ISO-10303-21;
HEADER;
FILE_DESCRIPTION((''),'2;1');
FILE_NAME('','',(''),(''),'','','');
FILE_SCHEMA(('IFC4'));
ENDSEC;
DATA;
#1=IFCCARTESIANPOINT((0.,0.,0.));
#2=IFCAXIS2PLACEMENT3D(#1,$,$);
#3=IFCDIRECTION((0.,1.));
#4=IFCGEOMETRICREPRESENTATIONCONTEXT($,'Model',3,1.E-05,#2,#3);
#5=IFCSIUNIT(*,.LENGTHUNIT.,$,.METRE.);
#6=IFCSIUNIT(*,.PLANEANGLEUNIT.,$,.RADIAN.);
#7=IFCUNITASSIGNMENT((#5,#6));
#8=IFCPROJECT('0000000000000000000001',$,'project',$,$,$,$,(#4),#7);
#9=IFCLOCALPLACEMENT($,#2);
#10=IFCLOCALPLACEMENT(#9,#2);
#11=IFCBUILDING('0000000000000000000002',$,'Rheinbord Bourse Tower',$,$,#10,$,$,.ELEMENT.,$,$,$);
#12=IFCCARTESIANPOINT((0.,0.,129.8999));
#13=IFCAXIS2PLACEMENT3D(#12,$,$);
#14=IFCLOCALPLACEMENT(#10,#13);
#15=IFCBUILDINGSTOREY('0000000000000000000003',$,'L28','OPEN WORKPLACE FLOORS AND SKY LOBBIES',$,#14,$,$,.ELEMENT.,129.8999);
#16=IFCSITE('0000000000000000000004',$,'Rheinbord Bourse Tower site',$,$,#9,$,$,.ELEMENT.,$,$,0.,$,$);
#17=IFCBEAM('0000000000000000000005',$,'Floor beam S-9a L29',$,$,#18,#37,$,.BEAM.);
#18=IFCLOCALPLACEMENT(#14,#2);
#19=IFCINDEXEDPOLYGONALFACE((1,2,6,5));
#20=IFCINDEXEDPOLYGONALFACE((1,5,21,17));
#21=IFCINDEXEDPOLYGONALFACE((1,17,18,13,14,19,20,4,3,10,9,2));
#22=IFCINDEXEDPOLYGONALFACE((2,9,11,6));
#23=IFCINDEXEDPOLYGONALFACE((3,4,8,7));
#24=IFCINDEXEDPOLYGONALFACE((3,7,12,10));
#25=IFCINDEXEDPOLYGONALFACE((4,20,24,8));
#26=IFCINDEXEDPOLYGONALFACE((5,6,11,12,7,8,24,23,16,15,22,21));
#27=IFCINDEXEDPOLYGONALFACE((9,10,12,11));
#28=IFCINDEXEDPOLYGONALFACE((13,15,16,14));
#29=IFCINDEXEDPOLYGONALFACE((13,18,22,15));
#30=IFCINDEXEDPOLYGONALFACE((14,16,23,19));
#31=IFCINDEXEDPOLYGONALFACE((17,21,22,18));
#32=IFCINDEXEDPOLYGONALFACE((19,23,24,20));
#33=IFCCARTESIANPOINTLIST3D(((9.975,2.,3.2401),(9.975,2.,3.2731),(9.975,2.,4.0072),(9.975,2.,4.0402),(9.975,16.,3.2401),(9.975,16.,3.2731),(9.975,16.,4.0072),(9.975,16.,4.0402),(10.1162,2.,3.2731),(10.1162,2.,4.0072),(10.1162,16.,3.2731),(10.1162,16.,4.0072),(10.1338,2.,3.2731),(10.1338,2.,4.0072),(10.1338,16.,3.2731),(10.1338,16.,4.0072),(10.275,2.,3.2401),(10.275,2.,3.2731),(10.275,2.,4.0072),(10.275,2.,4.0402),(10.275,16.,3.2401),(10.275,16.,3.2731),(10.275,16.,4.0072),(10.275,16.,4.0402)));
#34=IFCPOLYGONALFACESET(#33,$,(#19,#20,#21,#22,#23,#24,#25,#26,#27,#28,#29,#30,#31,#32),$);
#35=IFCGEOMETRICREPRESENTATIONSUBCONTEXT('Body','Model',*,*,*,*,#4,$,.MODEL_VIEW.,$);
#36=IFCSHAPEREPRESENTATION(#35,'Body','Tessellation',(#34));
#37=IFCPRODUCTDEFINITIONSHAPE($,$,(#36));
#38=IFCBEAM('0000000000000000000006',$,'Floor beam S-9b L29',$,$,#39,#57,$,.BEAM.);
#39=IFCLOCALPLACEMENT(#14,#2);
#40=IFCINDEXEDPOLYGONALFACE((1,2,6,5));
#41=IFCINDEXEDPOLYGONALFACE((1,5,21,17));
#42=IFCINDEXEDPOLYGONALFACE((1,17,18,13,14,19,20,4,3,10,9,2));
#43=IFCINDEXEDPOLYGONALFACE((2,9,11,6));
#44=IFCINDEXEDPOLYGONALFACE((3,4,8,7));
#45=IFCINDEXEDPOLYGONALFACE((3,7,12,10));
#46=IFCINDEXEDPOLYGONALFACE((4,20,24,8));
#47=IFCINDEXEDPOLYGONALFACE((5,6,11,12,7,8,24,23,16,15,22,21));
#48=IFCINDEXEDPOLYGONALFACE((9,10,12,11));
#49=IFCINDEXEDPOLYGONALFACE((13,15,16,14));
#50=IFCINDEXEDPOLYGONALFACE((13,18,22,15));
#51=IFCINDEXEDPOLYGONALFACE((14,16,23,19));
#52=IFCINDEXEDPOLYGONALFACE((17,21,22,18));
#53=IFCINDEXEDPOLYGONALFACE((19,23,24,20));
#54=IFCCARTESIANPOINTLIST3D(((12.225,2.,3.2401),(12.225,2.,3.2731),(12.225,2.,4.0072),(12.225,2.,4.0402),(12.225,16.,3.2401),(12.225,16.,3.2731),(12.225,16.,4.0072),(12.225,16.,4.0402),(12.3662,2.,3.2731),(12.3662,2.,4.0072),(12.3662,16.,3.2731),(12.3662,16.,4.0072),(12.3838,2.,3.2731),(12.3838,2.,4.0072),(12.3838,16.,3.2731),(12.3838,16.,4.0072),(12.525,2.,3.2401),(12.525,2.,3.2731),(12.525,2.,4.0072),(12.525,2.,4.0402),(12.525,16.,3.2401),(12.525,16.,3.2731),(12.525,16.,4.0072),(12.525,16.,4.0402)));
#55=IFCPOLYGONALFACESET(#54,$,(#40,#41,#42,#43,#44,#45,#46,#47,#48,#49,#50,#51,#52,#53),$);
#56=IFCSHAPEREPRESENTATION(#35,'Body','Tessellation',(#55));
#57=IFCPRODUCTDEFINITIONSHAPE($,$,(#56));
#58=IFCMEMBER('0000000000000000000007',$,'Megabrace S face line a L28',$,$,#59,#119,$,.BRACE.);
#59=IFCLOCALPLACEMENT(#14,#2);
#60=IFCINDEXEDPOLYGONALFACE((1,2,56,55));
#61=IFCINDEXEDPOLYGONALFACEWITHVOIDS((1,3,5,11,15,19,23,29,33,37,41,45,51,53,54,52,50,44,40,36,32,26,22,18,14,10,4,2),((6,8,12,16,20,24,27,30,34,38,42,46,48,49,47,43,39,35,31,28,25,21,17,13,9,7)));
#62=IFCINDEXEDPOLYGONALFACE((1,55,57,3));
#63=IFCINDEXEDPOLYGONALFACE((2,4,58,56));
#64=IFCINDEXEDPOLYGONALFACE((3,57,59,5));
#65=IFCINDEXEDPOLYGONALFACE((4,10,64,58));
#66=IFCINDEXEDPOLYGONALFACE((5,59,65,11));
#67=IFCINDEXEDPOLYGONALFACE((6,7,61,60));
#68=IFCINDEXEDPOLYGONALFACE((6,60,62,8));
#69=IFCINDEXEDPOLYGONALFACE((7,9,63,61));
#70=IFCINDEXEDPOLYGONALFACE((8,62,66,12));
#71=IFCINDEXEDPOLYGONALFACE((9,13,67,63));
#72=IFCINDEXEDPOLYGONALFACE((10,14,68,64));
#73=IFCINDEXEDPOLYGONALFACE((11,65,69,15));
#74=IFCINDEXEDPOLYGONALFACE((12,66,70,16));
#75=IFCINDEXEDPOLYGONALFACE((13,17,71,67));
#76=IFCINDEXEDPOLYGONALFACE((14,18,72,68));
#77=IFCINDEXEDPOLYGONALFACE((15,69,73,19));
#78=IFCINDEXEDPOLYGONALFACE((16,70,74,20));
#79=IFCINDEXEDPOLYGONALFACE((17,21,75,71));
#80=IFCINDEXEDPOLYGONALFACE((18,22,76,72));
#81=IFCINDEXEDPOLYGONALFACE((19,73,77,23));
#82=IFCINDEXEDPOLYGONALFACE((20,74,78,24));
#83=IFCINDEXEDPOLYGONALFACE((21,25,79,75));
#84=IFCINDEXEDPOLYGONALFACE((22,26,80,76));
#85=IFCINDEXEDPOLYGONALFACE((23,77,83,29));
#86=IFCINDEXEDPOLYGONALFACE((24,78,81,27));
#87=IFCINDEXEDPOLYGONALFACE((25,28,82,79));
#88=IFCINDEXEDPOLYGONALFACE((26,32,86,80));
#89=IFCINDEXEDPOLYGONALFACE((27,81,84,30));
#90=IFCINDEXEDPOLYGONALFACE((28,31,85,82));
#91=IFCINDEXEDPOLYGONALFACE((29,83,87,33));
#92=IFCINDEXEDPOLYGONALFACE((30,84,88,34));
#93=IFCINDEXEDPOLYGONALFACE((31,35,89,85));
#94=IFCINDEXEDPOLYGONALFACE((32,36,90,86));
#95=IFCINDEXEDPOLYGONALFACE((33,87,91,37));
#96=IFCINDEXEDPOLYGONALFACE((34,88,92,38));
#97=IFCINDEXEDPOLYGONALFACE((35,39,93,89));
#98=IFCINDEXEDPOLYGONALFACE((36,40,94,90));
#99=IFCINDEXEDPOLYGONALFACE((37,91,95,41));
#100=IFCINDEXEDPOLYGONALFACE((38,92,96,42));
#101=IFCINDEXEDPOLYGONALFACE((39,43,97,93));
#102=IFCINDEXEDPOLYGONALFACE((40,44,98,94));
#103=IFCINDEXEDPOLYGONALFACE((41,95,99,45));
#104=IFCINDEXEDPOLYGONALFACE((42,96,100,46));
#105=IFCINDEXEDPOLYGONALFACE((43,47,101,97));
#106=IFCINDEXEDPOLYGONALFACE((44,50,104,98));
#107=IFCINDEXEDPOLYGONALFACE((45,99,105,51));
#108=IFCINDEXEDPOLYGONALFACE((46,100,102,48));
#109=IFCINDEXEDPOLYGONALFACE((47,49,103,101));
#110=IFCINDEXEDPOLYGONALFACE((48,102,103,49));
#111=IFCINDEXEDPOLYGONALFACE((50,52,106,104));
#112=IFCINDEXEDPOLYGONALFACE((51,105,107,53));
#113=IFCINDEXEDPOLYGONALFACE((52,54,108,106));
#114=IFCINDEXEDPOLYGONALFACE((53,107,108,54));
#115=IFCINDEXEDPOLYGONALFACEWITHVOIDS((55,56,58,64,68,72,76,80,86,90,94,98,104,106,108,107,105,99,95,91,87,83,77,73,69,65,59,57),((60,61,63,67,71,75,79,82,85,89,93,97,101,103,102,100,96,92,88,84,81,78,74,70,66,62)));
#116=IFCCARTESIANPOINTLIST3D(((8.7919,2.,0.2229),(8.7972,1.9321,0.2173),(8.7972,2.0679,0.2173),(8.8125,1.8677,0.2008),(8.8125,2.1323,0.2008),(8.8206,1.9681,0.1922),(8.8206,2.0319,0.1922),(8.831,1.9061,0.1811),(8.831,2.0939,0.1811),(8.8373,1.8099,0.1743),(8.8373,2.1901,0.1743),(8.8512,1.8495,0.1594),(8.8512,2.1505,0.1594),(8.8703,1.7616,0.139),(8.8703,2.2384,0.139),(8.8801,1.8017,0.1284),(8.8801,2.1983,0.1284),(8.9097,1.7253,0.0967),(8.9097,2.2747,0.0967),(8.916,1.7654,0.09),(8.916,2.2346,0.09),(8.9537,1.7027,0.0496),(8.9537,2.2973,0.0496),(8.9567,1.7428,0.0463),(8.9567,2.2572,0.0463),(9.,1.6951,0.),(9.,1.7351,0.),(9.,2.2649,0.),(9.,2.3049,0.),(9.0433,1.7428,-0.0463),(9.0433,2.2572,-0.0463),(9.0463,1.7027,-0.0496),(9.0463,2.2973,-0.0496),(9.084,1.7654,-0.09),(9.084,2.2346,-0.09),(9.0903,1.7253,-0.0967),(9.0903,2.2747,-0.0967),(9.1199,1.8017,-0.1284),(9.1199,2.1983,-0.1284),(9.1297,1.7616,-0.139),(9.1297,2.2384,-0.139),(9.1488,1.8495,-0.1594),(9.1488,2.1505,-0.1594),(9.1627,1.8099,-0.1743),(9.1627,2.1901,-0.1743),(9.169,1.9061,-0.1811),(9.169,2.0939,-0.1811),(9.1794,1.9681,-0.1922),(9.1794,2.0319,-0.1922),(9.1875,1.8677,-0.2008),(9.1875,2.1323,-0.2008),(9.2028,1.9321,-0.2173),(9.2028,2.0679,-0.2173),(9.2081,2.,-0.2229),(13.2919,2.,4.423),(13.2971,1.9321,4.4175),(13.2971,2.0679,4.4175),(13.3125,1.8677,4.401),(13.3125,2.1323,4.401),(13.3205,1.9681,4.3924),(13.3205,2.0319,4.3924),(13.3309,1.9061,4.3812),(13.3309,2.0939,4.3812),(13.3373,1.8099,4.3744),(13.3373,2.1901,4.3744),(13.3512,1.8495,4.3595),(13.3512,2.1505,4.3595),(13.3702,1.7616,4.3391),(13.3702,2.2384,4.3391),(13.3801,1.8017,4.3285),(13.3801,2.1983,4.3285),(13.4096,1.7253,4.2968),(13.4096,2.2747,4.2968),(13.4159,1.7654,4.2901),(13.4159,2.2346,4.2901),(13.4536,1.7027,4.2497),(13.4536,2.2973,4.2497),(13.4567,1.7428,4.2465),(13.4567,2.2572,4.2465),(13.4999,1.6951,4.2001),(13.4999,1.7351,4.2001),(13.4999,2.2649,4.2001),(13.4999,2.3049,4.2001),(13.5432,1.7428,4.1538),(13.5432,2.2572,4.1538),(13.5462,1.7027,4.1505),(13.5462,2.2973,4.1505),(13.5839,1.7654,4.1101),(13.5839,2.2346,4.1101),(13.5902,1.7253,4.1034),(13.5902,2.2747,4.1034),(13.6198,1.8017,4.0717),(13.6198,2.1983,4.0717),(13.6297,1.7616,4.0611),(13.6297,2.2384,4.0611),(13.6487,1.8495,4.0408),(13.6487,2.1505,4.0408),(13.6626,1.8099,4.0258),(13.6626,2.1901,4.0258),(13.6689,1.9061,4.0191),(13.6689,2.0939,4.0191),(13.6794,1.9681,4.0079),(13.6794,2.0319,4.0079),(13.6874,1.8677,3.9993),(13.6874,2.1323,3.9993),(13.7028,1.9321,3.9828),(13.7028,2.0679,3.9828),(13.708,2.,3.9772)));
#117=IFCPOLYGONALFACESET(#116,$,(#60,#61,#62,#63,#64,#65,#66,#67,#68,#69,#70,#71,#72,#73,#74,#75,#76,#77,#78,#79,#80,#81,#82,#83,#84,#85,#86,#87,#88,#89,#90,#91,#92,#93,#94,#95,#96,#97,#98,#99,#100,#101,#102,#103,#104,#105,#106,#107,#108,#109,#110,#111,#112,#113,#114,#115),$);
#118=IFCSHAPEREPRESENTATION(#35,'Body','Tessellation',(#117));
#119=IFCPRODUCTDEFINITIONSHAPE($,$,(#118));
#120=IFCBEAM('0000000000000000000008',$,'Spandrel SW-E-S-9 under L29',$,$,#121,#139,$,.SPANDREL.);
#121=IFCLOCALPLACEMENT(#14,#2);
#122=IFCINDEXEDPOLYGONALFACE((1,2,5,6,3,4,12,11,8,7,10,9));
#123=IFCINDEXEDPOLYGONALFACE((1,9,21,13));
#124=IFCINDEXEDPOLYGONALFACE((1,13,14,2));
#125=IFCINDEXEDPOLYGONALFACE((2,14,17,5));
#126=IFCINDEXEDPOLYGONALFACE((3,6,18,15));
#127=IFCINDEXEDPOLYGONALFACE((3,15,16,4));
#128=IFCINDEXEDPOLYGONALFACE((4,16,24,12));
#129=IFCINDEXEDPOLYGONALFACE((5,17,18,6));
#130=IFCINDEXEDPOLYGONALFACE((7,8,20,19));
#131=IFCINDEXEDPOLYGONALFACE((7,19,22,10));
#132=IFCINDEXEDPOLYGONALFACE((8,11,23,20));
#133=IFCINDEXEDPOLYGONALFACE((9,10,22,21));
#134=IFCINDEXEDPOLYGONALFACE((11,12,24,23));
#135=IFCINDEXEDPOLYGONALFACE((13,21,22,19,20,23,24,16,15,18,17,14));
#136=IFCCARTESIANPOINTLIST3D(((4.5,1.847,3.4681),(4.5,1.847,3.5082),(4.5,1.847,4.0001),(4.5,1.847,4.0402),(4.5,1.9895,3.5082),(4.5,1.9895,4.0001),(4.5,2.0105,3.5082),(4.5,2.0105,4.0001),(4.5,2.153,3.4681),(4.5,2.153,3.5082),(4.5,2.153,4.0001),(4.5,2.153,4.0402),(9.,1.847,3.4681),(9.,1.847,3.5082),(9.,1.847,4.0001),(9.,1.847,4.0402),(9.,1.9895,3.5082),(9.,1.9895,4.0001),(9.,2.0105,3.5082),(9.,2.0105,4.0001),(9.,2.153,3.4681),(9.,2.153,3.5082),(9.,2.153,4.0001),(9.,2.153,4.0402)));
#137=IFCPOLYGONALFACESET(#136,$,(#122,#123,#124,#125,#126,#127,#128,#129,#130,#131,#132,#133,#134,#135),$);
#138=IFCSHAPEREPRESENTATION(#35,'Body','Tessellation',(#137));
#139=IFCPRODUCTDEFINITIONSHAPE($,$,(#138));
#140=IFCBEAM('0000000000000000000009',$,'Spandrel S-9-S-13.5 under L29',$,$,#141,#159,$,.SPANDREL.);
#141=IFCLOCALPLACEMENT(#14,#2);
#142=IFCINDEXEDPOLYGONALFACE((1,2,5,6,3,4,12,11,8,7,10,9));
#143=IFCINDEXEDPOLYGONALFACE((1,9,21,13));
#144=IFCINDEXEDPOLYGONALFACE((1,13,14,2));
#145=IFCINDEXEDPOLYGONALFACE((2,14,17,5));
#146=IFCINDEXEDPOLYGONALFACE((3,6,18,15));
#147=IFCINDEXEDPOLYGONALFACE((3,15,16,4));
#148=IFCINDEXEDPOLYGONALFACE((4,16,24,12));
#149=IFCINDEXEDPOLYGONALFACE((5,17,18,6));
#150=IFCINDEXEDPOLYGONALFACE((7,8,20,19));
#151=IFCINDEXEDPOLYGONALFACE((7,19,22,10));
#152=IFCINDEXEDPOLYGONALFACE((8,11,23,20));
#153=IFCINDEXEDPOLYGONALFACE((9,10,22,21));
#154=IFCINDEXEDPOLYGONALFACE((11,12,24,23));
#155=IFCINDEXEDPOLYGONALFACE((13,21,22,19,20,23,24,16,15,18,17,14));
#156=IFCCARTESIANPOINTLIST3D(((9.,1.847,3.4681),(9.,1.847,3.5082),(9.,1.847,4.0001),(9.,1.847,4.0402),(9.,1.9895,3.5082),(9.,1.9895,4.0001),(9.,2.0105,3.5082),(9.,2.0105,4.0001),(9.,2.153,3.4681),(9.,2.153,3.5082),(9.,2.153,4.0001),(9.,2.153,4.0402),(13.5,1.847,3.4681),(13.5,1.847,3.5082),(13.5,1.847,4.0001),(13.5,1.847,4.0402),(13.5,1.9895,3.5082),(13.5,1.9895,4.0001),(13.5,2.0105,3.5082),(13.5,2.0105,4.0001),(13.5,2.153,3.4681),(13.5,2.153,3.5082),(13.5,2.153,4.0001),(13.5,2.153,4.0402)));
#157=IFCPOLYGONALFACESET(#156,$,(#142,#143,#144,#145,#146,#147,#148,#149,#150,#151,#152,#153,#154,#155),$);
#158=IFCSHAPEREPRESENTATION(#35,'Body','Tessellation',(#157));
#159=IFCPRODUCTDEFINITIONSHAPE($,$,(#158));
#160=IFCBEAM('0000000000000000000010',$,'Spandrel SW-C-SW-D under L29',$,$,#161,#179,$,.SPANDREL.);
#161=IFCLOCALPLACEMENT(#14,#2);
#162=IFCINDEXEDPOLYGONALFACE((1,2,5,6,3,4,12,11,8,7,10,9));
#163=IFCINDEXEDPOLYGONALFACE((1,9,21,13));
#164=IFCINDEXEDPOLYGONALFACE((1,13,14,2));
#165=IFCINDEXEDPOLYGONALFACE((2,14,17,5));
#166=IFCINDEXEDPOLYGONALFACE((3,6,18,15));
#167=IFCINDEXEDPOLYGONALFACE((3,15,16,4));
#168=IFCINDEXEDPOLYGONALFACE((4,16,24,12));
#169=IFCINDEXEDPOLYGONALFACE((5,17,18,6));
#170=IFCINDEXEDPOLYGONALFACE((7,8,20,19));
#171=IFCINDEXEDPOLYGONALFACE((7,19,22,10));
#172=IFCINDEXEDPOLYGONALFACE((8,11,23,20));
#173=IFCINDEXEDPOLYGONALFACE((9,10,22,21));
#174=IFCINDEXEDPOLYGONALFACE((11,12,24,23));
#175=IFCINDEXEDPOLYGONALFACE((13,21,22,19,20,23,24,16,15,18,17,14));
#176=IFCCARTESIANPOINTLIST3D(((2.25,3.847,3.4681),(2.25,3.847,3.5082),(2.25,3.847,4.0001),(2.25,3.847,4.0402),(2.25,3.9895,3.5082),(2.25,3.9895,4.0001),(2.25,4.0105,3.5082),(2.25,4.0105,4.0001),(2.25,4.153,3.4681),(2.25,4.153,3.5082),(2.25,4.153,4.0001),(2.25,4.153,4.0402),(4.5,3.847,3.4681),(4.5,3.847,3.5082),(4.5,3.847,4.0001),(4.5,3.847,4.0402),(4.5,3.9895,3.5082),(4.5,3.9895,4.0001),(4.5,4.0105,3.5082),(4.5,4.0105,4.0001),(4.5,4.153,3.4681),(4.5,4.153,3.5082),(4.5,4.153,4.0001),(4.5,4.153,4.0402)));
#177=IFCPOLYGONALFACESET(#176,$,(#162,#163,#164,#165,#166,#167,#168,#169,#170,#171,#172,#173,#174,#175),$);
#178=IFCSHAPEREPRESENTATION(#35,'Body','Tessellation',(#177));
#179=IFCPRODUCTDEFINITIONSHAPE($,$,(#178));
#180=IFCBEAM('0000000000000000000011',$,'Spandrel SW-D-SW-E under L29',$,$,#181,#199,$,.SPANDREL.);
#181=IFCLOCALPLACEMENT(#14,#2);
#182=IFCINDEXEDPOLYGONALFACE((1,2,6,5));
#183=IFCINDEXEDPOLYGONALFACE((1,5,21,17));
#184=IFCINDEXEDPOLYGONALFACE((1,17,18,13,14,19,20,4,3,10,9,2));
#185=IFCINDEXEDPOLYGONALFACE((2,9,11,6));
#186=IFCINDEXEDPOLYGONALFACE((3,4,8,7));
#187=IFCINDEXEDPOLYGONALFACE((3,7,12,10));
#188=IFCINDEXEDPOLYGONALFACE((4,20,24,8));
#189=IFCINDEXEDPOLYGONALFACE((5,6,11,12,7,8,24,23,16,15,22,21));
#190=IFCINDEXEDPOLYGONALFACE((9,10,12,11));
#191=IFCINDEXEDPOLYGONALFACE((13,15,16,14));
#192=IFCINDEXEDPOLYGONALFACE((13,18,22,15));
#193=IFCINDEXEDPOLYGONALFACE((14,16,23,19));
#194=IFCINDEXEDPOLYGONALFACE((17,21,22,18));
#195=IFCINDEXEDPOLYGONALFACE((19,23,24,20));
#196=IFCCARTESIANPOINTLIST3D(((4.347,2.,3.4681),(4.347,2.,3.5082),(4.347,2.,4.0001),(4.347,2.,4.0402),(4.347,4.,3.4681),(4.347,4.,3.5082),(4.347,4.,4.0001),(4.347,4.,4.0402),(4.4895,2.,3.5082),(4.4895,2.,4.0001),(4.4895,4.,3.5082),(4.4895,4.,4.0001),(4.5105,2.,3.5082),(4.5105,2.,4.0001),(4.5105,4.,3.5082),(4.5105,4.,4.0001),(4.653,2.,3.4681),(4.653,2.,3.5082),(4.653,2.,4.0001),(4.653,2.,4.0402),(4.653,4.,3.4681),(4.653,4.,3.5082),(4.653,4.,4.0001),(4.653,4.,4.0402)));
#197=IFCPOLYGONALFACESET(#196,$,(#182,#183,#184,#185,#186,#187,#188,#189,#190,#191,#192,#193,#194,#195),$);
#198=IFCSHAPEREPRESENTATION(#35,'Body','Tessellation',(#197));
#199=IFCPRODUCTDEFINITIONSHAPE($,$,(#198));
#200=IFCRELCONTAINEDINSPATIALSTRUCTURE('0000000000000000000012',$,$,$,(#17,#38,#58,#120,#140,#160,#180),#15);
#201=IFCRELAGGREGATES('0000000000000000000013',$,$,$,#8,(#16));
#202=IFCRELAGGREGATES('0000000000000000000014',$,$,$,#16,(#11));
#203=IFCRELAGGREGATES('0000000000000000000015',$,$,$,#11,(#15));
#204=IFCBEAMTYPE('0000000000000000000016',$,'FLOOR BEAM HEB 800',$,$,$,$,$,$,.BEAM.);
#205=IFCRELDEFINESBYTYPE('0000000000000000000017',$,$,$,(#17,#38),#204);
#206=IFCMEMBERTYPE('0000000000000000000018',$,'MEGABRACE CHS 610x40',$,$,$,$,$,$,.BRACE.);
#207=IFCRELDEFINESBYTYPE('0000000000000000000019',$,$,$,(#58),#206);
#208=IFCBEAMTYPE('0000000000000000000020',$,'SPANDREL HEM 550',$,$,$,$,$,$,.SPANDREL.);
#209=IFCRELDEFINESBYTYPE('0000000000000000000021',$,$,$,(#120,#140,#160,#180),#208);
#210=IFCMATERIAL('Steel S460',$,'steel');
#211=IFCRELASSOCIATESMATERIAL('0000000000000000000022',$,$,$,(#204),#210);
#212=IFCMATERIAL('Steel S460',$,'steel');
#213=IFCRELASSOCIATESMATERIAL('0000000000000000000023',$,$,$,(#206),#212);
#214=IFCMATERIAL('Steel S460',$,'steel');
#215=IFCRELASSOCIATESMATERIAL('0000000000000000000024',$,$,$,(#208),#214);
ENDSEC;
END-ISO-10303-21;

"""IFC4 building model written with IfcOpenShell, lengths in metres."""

from ifc_helpers import new_model, si_unit, direction, frame, origin, origin_2d, place, context, subcontext, project, spatial, hollow_circle, i_section, extrude, material, material_profile, profile_set, type_object, element, save


model = new_model("IFC4")

# Units and contexts
model_context = context("Model", 3, precision=1e-05, world=origin(), true_north=direction((0.0, 1.0)))
body_context = subcontext(model_context, "Body", "Model", "MODEL_VIEW")
ifc_project = project(units=[si_unit("LENGTHUNIT", "METRE"), si_unit("PLANEANGLEUNIT", "RADIAN")], contexts=[model_context])

# Site, building, storey
site_placement = place(None, origin())
site = spatial("IfcSite", under=ifc_project, at=site_placement, Name="Rheinbord Bourse Tower site", CompositionType="ELEMENT", RefElevation=0.0)
building_placement = place(site_placement, origin())
building = spatial("IfcBuilding", under=site, at=building_placement, Name="Rheinbord Bourse Tower", CompositionType="ELEMENT")
storey_placement = place(building_placement, frame((0.0, 0.0, 129.8999)))
storey = spatial("IfcBuildingStorey", under=building, at=storey_placement, Name="L28", Description="OPEN WORKPLACE FLOORS AND SKY LOBBIES", CompositionType="ELEMENT", Elevation=129.8999)

# Beams
ifc_material_1 = material(Name="Steel S460", Category="steel")
ifc_material_profile_1 = material_profile(ifc_material_1, i_section(OverallWidth=0.3, OverallDepth=0.8, WebThickness=0.0176, FlangeThickness=0.033, at=origin_2d()), Name="HEB 800")
ifc_profile_set_1 = profile_set([ifc_material_profile_1], Name="Steel S460")
beam_type_1 = type_object("IfcBeamType", Name="FLOOR BEAM HEB 800", PredefinedType="BEAM", material=ifc_profile_set_1)
for number, where, z_axis, x_axis, name in (
    (1, (10.125, 2.0, 3.6401), (0.0, 1.0, 0.0), (-1.0, 0.0, 0.0), "Floor beam S-9a L29"),
    (2, (12.375, 2.0, 3.6401), (0.0, 1.0, 0.0), (-1.0, 0.0, 0.0), "Floor beam S-9b L29"),
):
    element("IfcBeam", number, at=place(storey_placement, frame(where, z_axis=z_axis, x_axis=x_axis)), inside=storey, type_object=beam_type_1, Name=name, PredefinedType="BEAM", context=body_context, shape_type="SweptSolid", body=[
        extrude(i_section(OverallWidth=0.3, OverallDepth=0.8, WebThickness=0.0176, FlangeThickness=0.033, at=origin_2d()), origin(), (0.0, 0.0, 1.0), 14.0),
    ])

# Member
ifc_material_2 = material(Name="Steel S460", Category="steel")
ifc_material_profile_2 = material_profile(ifc_material_2, hollow_circle(Radius=0.3049, WallThickness=0.04, at=origin_2d()), Name="CHS 610x40")
ifc_profile_set_2 = profile_set([ifc_material_profile_2], Name="Steel S460")
member_type_1 = type_object("IfcMemberType", Name="MEGABRACE CHS 610x40", PredefinedType="BRACE", material=ifc_profile_set_2)
member_1_placement = place(storey_placement, frame((9.0, 2.0, 0.0), z_axis=(0.731039, 0.0, 0.682335), x_axis=(0.0, 1.0, 0.0)))
element("IfcMember", 3, at=member_1_placement, inside=storey, type_object=member_type_1, Name="Megabrace S face line a L28", PredefinedType="BRACE", context=body_context, shape_type="SweptSolid", body=[
    extrude(hollow_circle(Radius=0.3049, WallThickness=0.04, at=origin_2d()), origin(), (0.0, 0.0, 1.0), 6.1555),
])

# Beams
ifc_material_3 = material(Name="Steel S460", Category="steel")
ifc_material_profile_3 = material_profile(ifc_material_3, i_section(OverallWidth=0.3059, OverallDepth=0.572, WebThickness=0.021, FlangeThickness=0.04, at=origin_2d()), Name="HEM 550")
ifc_profile_set_3 = profile_set([ifc_material_profile_3], Name="Steel S460")
beam_type_2 = type_object("IfcBeamType", Name="SPANDREL HEM 550", PredefinedType="SPANDREL", material=ifc_profile_set_3)
for number, where, z_axis, x_axis, name in (
    (4, (4.5, 2.0, 3.7542), (1.0, 0.0, 0.0), (0.0, 1.0, 0.0), "Spandrel SW-E-S-9 under L29"),
    (5, (9.0, 2.0, 3.7542), (1.0, 0.0, 0.0), (0.0, 1.0, 0.0), "Spandrel S-9-S-13.5 under L29"),
):
    element("IfcBeam", number, at=place(storey_placement, frame(where, z_axis=z_axis, x_axis=x_axis)), inside=storey, type_object=beam_type_2, Name=name, PredefinedType="SPANDREL", context=body_context, shape_type="SweptSolid", body=[
        extrude(i_section(OverallWidth=0.3059, OverallDepth=0.572, WebThickness=0.021, FlangeThickness=0.04, at=origin_2d()), origin(), (0.0, 0.0, 1.0), 4.5),
    ])
beam_1_placement = place(storey_placement, frame((2.25, 4.0, 3.7542), z_axis=(1.0, 0.0, 0.0), x_axis=(0.0, 1.0, 0.0)))
element("IfcBeam", 6, at=beam_1_placement, inside=storey, type_object=beam_type_2, Name="Spandrel SW-C-SW-D under L29", PredefinedType="SPANDREL", context=body_context, shape_type="SweptSolid", body=[
    extrude(i_section(OverallWidth=0.3059, OverallDepth=0.572, WebThickness=0.021, FlangeThickness=0.04, at=origin_2d()), origin(), (0.0, 0.0, 1.0), 2.25),
])
beam_2_placement = place(storey_placement, frame((4.5, 4.0, 3.7542), z_axis=(0.0, -1.0, 0.0), x_axis=(1.0, 0.0, 0.0)))
element("IfcBeam", 7, at=beam_2_placement, inside=storey, type_object=beam_type_2, Name="Spandrel SW-D-SW-E under L29", PredefinedType="SPANDREL", context=body_context, shape_type="SweptSolid", body=[
    extrude(i_section(OverallWidth=0.3059, OverallDepth=0.572, WebThickness=0.021, FlangeThickness=0.04, at=origin_2d()), origin(), (0.0, 0.0, 1.0), 2.0),
])

save(model, "model.ifc")
